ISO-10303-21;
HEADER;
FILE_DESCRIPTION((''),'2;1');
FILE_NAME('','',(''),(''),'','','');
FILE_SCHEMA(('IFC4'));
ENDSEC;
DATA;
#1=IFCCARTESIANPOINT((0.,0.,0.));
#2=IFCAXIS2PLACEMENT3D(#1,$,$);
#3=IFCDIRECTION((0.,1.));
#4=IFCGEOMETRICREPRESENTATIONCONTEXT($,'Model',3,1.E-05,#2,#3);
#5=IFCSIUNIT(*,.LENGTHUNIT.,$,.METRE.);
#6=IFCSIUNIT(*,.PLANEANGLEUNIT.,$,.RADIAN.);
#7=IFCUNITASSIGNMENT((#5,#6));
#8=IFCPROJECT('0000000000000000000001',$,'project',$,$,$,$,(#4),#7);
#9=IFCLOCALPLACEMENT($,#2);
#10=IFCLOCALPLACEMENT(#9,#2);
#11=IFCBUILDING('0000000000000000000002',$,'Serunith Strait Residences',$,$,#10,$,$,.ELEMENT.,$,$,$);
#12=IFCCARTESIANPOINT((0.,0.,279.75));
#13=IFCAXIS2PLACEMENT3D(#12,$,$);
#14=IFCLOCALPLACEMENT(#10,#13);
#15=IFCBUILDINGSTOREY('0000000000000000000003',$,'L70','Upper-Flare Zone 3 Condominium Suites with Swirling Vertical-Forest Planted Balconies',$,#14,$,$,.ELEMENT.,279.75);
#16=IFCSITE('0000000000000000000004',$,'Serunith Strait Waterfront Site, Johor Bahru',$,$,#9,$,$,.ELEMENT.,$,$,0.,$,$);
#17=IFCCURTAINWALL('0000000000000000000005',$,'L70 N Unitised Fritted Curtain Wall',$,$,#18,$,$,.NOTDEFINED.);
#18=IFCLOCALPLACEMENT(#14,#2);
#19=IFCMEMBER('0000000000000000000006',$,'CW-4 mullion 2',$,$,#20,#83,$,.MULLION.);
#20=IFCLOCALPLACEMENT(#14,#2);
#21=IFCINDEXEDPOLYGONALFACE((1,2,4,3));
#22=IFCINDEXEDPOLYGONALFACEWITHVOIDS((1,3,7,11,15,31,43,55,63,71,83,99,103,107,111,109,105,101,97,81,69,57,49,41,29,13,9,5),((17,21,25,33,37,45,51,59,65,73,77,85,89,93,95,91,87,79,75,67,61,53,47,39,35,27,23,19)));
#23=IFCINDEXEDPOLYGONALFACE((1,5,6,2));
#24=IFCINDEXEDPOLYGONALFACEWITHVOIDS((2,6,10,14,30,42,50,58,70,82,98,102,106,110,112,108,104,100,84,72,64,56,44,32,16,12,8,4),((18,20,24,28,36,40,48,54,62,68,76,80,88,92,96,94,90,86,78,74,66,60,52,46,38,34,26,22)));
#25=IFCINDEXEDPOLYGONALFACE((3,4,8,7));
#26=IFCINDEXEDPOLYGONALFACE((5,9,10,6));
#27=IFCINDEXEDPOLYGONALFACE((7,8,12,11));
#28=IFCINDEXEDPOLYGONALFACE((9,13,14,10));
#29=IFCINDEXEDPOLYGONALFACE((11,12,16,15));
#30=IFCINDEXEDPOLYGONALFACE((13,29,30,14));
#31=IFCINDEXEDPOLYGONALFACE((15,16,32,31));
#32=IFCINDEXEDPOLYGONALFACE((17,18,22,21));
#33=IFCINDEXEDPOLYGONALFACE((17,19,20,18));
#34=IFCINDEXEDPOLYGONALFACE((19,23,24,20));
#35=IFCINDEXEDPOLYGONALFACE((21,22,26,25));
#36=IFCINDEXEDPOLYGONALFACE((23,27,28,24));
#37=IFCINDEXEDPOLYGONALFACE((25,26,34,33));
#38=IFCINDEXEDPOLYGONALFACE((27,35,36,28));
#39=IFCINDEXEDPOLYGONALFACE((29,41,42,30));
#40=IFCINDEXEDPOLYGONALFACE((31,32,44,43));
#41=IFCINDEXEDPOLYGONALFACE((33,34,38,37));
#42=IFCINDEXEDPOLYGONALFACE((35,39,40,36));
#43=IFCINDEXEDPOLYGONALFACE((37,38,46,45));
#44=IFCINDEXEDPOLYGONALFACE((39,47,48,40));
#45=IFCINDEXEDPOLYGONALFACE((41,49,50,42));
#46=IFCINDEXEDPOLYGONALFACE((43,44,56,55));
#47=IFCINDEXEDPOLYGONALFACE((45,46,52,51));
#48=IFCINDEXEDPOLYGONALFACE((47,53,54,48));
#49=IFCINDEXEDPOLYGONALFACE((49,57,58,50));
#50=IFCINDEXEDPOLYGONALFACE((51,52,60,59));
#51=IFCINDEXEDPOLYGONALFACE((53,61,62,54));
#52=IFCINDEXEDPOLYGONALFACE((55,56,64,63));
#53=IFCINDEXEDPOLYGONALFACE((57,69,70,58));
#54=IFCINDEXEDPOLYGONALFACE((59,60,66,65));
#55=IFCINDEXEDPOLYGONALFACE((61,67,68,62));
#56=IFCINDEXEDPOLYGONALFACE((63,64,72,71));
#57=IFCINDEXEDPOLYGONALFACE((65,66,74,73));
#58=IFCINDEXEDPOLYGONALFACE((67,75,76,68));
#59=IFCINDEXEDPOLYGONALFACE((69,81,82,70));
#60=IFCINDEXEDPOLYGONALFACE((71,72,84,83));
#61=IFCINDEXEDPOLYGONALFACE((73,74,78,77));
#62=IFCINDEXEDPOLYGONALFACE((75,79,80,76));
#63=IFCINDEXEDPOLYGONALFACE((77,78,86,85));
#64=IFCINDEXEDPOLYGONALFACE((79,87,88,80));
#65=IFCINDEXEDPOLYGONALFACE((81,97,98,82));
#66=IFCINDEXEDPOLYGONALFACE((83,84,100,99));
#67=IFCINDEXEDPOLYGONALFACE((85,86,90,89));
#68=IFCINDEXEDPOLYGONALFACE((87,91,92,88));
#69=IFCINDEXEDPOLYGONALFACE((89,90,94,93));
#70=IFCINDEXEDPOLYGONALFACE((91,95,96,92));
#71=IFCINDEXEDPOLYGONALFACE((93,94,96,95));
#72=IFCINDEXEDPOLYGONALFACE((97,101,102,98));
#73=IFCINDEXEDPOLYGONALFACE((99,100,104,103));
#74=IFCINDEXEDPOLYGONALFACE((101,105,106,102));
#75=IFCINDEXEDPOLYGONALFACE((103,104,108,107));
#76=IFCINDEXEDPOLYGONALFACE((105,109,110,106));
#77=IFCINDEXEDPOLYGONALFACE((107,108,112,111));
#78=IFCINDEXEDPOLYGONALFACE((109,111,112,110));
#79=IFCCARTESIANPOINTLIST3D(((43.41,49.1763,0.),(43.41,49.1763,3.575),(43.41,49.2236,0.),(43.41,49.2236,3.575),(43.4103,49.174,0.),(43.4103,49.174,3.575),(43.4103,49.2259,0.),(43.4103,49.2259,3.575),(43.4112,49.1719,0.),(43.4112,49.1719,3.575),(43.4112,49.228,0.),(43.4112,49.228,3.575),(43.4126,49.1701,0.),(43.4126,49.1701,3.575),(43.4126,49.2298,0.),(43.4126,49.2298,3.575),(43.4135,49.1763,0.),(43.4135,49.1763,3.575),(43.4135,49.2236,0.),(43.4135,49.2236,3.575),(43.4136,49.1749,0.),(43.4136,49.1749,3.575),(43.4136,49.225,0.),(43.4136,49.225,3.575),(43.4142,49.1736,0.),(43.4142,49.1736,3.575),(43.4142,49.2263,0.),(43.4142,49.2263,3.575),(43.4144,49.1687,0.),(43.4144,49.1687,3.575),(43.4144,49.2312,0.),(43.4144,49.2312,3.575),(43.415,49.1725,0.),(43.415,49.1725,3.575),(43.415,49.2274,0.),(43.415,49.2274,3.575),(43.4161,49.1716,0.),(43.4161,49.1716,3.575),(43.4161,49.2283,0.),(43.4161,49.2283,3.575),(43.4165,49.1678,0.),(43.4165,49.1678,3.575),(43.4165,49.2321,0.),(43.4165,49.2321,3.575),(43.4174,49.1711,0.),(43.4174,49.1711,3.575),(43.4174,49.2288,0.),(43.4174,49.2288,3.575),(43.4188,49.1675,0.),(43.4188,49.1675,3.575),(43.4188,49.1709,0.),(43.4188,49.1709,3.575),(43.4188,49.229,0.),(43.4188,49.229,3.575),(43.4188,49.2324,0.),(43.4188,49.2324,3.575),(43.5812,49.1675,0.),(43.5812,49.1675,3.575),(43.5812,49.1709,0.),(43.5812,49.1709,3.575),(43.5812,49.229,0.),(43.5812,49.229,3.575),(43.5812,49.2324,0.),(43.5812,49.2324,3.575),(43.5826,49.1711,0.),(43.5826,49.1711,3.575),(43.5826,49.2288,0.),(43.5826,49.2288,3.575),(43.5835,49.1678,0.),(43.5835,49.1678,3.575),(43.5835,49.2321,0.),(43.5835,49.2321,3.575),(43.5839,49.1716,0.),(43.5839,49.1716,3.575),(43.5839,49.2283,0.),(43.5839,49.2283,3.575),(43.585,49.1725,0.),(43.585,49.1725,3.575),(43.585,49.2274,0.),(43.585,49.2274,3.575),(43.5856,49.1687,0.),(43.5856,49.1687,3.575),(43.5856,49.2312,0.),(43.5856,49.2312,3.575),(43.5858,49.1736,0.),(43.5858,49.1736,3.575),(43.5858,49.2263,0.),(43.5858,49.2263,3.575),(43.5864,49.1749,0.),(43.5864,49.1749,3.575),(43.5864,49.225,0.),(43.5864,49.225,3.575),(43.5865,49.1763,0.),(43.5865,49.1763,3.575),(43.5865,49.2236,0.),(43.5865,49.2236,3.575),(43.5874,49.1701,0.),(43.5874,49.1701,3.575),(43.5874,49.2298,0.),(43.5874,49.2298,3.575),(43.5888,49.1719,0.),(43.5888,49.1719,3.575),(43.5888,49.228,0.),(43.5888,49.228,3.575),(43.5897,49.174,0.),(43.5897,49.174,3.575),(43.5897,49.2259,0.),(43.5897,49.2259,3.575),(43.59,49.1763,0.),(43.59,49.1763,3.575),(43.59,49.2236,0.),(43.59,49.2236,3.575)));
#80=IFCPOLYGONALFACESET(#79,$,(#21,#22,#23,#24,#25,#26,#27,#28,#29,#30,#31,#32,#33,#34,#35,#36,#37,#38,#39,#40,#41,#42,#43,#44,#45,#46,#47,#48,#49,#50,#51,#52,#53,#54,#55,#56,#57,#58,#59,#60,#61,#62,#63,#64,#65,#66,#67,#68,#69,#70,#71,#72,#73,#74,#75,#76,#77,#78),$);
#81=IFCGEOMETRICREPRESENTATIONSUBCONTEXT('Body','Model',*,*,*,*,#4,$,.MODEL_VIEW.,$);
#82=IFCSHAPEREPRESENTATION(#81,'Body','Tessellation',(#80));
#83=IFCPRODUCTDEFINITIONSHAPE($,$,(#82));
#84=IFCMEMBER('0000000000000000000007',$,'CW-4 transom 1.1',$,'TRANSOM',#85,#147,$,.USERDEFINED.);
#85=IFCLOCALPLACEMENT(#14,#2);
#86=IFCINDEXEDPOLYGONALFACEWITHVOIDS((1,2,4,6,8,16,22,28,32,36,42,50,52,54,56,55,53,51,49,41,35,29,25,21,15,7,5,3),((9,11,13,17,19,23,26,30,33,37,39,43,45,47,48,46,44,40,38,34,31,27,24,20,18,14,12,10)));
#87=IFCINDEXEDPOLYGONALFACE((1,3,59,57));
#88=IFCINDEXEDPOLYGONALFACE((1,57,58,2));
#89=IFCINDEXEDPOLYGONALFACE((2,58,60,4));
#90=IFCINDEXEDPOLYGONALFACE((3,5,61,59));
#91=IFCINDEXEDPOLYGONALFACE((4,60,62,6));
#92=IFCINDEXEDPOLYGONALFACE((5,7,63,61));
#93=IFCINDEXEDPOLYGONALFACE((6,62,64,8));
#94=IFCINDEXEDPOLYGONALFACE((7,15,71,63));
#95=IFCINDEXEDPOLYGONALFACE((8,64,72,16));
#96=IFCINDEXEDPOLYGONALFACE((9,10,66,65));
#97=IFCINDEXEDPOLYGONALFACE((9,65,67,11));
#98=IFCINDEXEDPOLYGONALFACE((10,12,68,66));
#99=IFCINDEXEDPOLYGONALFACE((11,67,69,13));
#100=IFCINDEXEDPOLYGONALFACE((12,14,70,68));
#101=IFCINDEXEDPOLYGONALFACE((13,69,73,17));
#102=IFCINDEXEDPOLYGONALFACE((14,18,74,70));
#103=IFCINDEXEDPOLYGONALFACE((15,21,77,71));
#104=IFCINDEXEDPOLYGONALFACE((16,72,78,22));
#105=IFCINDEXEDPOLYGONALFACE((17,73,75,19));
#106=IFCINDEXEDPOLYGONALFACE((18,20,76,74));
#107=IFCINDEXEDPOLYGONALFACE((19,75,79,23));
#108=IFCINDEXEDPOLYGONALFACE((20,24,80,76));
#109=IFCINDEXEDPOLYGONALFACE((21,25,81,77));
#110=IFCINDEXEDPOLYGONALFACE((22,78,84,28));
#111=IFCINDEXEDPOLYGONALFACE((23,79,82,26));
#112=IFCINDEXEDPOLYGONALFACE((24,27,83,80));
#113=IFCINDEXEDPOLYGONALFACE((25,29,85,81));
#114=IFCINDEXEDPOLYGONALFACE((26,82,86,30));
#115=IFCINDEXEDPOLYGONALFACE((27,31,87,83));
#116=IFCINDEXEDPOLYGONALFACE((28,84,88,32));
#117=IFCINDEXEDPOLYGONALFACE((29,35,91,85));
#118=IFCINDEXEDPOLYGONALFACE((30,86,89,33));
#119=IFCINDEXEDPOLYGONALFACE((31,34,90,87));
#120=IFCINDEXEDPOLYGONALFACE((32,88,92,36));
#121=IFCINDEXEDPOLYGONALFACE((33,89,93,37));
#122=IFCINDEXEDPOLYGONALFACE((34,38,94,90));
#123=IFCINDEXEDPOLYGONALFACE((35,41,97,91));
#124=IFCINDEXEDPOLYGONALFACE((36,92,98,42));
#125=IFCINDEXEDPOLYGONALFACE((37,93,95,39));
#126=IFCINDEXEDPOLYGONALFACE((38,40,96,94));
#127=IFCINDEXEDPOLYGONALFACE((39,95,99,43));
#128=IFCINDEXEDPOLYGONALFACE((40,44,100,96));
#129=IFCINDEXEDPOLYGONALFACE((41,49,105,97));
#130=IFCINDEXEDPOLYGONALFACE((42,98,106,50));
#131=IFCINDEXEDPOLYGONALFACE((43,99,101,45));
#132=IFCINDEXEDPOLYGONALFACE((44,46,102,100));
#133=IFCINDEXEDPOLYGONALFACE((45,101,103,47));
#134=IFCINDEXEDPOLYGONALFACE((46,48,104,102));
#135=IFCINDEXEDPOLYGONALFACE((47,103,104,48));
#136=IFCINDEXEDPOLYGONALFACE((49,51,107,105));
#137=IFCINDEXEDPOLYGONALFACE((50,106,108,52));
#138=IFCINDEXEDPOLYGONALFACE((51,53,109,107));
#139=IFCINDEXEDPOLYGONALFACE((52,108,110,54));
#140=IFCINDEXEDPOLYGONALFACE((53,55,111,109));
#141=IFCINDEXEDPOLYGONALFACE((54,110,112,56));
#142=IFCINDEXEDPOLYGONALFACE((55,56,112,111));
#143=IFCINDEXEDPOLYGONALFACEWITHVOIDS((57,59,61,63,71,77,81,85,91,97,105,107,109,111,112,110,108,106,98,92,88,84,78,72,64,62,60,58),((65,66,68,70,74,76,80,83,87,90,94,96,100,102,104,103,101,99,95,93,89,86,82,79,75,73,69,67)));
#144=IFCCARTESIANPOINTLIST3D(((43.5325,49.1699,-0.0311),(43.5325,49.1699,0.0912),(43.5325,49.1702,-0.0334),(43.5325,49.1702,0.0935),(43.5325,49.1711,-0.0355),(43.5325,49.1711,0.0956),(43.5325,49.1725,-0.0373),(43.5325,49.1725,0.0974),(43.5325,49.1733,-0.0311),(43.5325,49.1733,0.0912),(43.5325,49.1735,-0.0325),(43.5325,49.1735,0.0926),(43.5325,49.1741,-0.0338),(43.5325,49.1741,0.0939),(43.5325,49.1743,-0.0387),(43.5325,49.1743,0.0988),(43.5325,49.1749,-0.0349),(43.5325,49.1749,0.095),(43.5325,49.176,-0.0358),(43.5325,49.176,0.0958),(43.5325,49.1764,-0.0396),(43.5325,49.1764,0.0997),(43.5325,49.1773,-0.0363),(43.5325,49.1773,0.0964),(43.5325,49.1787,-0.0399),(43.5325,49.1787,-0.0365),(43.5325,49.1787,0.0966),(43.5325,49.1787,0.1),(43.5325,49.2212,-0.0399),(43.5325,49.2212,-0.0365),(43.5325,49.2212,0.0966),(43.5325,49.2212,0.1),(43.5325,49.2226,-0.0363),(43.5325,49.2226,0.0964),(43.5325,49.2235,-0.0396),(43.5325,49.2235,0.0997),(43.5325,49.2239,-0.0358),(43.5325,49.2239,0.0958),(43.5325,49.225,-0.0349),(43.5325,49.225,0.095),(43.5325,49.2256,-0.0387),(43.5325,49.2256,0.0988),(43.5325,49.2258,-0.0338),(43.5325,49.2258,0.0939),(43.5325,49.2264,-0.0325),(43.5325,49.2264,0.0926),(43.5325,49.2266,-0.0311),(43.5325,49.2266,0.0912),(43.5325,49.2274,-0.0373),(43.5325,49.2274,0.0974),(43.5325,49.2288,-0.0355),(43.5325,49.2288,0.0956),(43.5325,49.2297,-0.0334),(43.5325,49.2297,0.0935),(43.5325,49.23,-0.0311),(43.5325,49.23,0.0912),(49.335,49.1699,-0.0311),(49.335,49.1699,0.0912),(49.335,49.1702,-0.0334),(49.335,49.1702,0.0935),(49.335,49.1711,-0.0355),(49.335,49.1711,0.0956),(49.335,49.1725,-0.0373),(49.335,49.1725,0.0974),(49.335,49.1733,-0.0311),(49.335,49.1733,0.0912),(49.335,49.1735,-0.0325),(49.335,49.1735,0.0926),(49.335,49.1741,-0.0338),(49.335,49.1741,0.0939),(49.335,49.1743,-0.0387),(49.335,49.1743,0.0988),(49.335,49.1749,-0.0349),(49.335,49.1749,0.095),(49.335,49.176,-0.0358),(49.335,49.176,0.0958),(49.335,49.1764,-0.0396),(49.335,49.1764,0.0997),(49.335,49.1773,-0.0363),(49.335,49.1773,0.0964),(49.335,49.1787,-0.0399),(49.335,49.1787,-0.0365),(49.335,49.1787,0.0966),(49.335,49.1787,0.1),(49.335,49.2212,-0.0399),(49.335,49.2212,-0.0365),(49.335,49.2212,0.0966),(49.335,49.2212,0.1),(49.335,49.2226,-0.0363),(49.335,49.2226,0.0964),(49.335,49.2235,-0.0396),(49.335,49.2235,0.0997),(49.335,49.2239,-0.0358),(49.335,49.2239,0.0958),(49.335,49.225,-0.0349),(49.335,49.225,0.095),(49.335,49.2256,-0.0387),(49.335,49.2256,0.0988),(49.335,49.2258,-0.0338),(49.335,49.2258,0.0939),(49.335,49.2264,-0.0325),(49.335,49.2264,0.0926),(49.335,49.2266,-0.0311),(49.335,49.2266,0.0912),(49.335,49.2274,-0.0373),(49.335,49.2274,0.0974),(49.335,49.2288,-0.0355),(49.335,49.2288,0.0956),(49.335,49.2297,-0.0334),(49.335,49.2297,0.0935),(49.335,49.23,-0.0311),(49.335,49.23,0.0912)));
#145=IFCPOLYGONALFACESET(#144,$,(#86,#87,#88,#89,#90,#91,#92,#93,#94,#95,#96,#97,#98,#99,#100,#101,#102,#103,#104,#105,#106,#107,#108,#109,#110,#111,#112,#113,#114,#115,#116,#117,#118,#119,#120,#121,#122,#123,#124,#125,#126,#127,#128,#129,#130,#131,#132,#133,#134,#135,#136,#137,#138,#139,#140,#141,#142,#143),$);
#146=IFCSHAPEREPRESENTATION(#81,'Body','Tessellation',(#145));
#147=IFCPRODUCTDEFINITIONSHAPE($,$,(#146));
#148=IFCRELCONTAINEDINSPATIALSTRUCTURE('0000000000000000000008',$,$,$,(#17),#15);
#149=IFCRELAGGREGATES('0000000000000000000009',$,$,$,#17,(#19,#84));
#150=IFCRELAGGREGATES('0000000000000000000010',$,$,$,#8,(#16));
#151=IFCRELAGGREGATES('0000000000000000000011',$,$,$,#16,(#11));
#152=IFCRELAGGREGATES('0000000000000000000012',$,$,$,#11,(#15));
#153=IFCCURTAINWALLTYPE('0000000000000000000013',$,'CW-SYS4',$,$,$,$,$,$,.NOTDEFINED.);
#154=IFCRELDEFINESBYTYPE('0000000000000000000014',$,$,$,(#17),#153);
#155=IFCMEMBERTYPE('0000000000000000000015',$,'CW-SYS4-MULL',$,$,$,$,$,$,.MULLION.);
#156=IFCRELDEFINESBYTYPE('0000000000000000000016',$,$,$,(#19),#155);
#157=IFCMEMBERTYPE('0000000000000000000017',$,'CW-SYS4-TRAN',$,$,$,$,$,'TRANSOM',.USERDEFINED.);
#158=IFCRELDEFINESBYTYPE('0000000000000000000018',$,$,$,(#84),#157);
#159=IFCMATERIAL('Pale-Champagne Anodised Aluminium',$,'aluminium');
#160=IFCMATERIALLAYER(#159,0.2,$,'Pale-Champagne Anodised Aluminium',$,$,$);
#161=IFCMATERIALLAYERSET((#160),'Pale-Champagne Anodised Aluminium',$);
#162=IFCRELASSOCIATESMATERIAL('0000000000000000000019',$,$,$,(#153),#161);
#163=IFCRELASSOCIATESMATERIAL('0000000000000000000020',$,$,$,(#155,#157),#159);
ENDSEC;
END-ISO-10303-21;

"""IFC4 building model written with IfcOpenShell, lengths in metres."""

from ifc_helpers import new_model, si_unit, direction, frame, origin, origin_2d, place, context, subcontext, project, spatial, hollow_rectangle, extrude, source, transform, mapped, material, layer, layer_set, material_profile, profile_set, type_object, element, aggregate, save


model = new_model("IFC4")

# Units and contexts
model_context = context("Model", 3, precision=1e-05, world=origin(), true_north=direction((0.0, 1.0)))
body_context = subcontext(model_context, "Body", "Model", "MODEL_VIEW")
ifc_project = project(units=[si_unit("LENGTHUNIT", "METRE"), si_unit("PLANEANGLEUNIT", "RADIAN")], contexts=[model_context])

# Site, building, storey
site_placement = place(None, origin())
site = spatial("IfcSite", under=ifc_project, at=site_placement, Name="Serunith Strait Waterfront Site, Johor Bahru", CompositionType="ELEMENT", RefElevation=0.0)
building_placement = place(site_placement, origin())
building = spatial("IfcBuilding", under=site, at=building_placement, Name="Serunith Strait Residences", CompositionType="ELEMENT")
storey_placement = place(building_placement, frame((0.0, 0.0, 279.75)))
storey = spatial("IfcBuildingStorey", under=building, at=storey_placement, Name="L70", Description="Upper-Flare Zone 3 Condominium Suites with Swirling Vertical-Forest Planted Balconies", CompositionType="ELEMENT", Elevation=279.75)

# Shared definitions
ifc_material_1 = material(Name="Pale-Champagne Anodised Aluminium", Category="aluminium")
ifc_layer_1 = layer(ifc_material_1, 0.2, Name="Pale-Champagne Anodised Aluminium")
ifc_layer_set_1 = layer_set([ifc_layer_1], Name="Pale-Champagne Anodised Aluminium")
curtain_wall_type = type_object("IfcCurtainWallType", Name="CW-SYS4", PredefinedType="NOTDEFINED", material=ifc_layer_set_1)
ifc_material_profile_1 = material_profile(ifc_material_1, hollow_rectangle(XDim=0.0649, YDim=0.1799, WallThickness=0.0034, InnerFilletRadius=0.0054, OuterFilletRadius=0.0088, at=origin_2d()), Name="ALU 180x65x3.5")
ifc_profile_set_1 = profile_set([ifc_material_profile_1], Name="Pale-Champagne Anodised Aluminium")
member_type_1 = type_object("IfcMemberType", Name="CW-SYS4-MULL", PredefinedType="MULLION", material=ifc_profile_set_1)
shared_shape_1 = source(origin(), body_context, "Body", "SweptSolid", [
    extrude(hollow_rectangle(XDim=0.0649, YDim=0.1799, WallThickness=0.0034, InnerFilletRadius=0.0054, OuterFilletRadius=0.0088, at=origin_2d()), origin(), (0.0, 0.0, 1.0), 3.575),
])

# Curtain wall, members
curtain_wall_1_placement = place(storey_placement, origin())
curtain_wall_1 = element("IfcCurtainWall", 1, at=curtain_wall_1_placement, inside=storey, type_object=curtain_wall_type, Name="L70 N Unitised Fritted Curtain Wall", PredefinedType="NOTDEFINED")
member_1_placement = place(storey_placement, frame((43.5, 49.2, 0.0), z_axis=(0.0, 0.0, 1.0), x_axis=(0.0, -1.0, 0.0)))
member_1 = element("IfcMember", 2, at=member_1_placement, type_object=member_type_1, Name="CW-4 mullion 2", PredefinedType="MULLION", context=body_context, shape_type="MappedRepresentation", body=[
    mapped(shared_shape_1, transform((0.0, 0.0, 0.0), scale=1.0)),
])
ifc_material_profile_2 = material_profile(ifc_material_1, hollow_rectangle(XDim=0.0601, YDim=0.1399, WallThickness=0.0034, InnerFilletRadius=0.0054, OuterFilletRadius=0.0088, at=origin_2d()), Name="ALU 140x60x3.5")
ifc_profile_set_2 = profile_set([ifc_material_profile_2], Name="Pale-Champagne Anodised Aluminium")
member_type_2 = type_object("IfcMemberType", Name="CW-SYS4-TRAN", ElementType="TRANSOM", PredefinedType="USERDEFINED", material=ifc_profile_set_2)
shared_shape_2 = source(origin(), body_context, "Body", "SweptSolid", [
    extrude(hollow_rectangle(XDim=0.0601, YDim=0.1399, WallThickness=0.0034, InnerFilletRadius=0.0054, OuterFilletRadius=0.0088, at=origin_2d()), origin(), (0.0, 0.0, 1.0), 5.8025),
])
member_2_placement = place(storey_placement, frame((49.335, 49.2, 0.03), z_axis=(-1.0, 0.0, 0.0), x_axis=(0.0, -1.0, 0.0)))
member_2 = element("IfcMember", 3, at=member_2_placement, type_object=member_type_2, Name="CW-4 transom 1.1", ObjectType="TRANSOM", PredefinedType="USERDEFINED", context=body_context, shape_type="MappedRepresentation", body=[
    mapped(shared_shape_2, transform((0.0, 0.0, 0.0), scale=1.0)),
])
aggregate(curtain_wall_1, [member_1, member_2])

save(model, "model.ifc")
